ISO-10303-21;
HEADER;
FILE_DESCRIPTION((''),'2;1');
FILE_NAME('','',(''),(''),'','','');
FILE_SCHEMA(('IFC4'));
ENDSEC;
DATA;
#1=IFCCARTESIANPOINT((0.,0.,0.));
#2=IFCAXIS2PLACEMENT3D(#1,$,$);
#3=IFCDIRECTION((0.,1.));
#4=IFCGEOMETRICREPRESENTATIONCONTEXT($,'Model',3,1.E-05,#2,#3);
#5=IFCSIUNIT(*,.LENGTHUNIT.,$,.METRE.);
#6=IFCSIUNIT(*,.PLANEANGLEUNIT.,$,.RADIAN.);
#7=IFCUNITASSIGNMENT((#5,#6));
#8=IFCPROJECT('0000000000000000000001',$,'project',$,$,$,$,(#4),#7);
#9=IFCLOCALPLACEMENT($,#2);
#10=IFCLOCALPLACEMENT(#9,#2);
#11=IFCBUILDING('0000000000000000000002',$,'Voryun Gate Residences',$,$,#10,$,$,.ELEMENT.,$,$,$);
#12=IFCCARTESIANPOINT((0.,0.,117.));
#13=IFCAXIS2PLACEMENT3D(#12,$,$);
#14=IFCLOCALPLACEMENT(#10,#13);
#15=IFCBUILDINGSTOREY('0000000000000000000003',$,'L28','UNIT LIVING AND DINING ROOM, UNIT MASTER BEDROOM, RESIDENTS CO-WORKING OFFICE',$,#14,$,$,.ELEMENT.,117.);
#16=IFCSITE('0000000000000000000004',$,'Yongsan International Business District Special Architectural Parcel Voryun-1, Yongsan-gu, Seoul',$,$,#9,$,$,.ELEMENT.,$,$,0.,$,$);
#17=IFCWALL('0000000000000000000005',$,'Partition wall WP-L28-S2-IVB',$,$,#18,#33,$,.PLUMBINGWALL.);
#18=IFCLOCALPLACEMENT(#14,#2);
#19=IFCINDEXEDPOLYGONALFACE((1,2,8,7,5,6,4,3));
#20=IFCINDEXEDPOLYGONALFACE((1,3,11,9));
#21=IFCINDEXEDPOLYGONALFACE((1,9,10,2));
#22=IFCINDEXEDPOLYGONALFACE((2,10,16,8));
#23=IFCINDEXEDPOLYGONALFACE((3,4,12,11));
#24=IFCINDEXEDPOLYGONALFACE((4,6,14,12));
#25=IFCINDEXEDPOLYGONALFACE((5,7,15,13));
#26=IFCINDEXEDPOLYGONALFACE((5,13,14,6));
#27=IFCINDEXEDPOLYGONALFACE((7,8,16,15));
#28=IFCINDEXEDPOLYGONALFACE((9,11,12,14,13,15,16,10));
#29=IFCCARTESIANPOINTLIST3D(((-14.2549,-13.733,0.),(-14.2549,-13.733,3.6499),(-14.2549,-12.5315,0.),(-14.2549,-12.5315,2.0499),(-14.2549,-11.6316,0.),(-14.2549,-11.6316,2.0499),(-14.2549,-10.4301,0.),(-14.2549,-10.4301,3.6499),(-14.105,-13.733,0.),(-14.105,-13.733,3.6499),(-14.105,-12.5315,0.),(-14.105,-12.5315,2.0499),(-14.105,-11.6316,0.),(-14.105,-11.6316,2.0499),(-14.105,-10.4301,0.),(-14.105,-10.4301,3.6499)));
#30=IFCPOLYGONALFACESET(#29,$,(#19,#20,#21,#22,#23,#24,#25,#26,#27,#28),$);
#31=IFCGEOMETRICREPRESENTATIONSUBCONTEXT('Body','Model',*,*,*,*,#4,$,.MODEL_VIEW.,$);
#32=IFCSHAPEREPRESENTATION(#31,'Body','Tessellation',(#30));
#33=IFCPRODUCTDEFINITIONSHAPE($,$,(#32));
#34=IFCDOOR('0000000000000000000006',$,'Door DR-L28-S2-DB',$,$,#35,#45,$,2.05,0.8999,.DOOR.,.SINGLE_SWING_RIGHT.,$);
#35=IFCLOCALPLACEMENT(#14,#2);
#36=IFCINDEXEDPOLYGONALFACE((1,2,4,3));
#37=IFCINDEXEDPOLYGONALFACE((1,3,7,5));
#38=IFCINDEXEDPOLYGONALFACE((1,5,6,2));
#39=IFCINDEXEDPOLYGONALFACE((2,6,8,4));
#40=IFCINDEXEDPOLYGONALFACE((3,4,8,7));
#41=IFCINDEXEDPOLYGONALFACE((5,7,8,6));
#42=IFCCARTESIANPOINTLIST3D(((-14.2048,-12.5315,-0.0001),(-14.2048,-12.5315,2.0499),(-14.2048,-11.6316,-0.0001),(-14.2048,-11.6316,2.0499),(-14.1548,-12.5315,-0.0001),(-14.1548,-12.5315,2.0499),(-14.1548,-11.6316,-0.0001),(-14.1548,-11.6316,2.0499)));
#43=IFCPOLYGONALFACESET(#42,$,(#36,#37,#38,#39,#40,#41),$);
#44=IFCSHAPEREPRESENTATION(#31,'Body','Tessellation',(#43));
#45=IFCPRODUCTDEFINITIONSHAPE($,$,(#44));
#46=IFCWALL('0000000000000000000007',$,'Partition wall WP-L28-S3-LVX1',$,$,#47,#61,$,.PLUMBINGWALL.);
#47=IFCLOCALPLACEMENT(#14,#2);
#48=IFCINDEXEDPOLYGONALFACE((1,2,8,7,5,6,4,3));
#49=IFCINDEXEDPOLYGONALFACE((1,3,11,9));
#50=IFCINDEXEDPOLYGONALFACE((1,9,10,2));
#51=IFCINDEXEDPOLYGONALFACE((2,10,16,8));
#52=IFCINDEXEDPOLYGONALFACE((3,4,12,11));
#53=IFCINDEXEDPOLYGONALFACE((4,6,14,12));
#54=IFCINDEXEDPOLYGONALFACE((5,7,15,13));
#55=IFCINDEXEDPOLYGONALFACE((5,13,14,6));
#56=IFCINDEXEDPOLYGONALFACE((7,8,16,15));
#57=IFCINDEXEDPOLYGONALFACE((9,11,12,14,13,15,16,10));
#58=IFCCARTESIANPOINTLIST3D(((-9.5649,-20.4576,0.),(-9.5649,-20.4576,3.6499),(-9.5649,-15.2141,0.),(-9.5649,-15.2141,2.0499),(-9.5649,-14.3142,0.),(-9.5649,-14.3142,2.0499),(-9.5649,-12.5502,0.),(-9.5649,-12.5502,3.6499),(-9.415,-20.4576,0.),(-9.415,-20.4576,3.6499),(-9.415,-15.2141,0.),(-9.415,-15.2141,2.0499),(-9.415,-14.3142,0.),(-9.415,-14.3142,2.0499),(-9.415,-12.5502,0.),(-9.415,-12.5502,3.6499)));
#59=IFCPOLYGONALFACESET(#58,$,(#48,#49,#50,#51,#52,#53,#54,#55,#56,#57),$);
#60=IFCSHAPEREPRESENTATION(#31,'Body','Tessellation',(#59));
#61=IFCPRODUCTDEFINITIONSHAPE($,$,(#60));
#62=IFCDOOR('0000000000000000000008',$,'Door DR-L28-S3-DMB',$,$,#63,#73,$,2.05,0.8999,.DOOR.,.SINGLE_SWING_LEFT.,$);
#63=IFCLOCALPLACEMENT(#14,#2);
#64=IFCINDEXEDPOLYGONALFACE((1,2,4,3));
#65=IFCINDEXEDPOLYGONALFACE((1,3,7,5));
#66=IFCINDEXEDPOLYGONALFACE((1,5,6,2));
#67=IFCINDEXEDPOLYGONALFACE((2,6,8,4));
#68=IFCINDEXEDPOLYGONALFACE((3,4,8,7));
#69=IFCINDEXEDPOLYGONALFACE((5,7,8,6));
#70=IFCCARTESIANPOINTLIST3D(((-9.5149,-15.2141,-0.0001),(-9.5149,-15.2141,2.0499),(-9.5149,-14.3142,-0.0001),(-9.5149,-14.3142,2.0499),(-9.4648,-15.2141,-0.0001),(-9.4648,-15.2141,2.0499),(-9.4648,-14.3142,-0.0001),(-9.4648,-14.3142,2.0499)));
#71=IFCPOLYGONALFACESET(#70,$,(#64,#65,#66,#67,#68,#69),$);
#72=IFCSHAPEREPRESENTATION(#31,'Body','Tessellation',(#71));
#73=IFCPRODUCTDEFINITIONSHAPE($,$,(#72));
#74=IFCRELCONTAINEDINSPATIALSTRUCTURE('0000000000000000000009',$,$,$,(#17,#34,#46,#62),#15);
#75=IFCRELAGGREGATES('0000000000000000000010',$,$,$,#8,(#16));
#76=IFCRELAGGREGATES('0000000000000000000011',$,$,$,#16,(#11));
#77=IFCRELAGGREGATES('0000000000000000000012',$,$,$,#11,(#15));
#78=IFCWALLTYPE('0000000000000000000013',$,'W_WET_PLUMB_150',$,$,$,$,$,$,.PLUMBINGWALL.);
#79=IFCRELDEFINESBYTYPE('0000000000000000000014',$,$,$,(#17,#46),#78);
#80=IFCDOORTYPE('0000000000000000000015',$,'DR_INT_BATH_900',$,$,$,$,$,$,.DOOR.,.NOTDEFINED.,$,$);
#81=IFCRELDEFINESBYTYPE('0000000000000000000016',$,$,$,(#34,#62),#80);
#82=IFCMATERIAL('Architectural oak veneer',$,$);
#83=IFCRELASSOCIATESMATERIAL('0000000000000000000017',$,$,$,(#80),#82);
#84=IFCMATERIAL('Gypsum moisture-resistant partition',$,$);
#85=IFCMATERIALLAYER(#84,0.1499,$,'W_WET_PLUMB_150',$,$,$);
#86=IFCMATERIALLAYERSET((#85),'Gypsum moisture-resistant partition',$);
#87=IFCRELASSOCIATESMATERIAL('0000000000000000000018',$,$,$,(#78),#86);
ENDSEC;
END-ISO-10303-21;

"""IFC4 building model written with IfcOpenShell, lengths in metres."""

from ifc_helpers import new_model, si_unit, direction, frame, frame_2d, origin, place, context, subcontext, project, spatial, rectangle, extrude, material, layer, layer_set, type_object, element, fill, save


model = new_model("IFC4")

# Units and contexts
model_context = context("Model", 3, precision=1e-05, world=origin(), true_north=direction((0.0, 1.0)))
body_context = subcontext(model_context, "Body", "Model", "MODEL_VIEW")
ifc_project = project(units=[si_unit("LENGTHUNIT", "METRE"), si_unit("PLANEANGLEUNIT", "RADIAN")], contexts=[model_context])

# Site, building, storey
site_placement = place(None, origin())
site = spatial("IfcSite", under=ifc_project, at=site_placement, Name="Yongsan International Business District Special Architectural Parcel Voryun-1, Yongsan-gu, Seoul", CompositionType="ELEMENT", RefElevation=0.0)
building_placement = place(site_placement, origin())
building = spatial("IfcBuilding", under=site, at=building_placement, Name="Voryun Gate Residences", CompositionType="ELEMENT")
storey_placement = place(building_placement, frame((0.0, 0.0, 117.0)))
storey = spatial("IfcBuildingStorey", under=building, at=storey_placement, Name="L28", Description="UNIT LIVING AND DINING ROOM, UNIT MASTER BEDROOM, RESIDENTS CO-WORKING OFFICE", CompositionType="ELEMENT", Elevation=117.0)

# Walls, openings, doors
ifc_material_1 = material(Name="Architectural oak veneer")
door_type = type_object("IfcDoorType", Name="DR_INT_BATH_900", OperationType="NOTDEFINED", PredefinedType="DOOR", material=ifc_material_1)
ifc_material_2 = material(Name="Gypsum moisture-resistant partition")
ifc_layer_1 = layer(ifc_material_2, 0.1499, Name="W_WET_PLUMB_150")
ifc_layer_set_1 = layer_set([ifc_layer_1], Name="Gypsum moisture-resistant partition")
wall_type_1 = type_object("IfcWallType", Name="W_WET_PLUMB_150", PredefinedType="PLUMBINGWALL", material=ifc_layer_set_1)
wall_1_placement = place(storey_placement, frame((-14.1799, -13.7329, 0.0), z_axis=(0.0, 0.0, 1.0), x_axis=(0.0, 1.0, 0.0)))
wall_1 = element("IfcWall", 1, at=wall_1_placement, inside=storey, type_object=wall_type_1, Name="Partition wall WP-L28-S2-IVB", PredefinedType="PLUMBINGWALL", context=body_context, shape_type="SweptSolid", body=[
    extrude(rectangle(XDim=3.303, YDim=0.1499, at=frame_2d((1.6514, 0.0))), origin(), (0.0, 0.0, 1.0), 3.6499),
])
opening_1_placement = place(wall_1_placement, frame((1.2014, 0.0, 0.0)))
opening_1 = element("IfcOpeningElement", 2, at=opening_1_placement, cuts=wall_1, PredefinedType="OPENING", context=body_context, shape_type="SweptSolid", body=[
    extrude(rectangle(XDim=0.8999, YDim=2.05, at=frame_2d((0.45, 1.0249))), frame((0.0, 0.085, 0.0), z_axis=(0.0, -1.0, 0.0), x_axis=(1.0, 0.0, 0.0)), (0.0, 0.0, 1.0), 0.1699),
])
door_1_placement = place(opening_1_placement, origin())
door_1 = element("IfcDoor", 3, at=door_1_placement, inside=storey, type_object=door_type, Name="Door DR-L28-S2-DB", OperationType="SINGLE_SWING_RIGHT", OverallHeight=2.05, OverallWidth=0.8999, PredefinedType="DOOR", context=body_context, shape_type="SweptSolid", body=[
    extrude(rectangle(XDim=0.8999, YDim=2.05, at=frame_2d((0.45, 1.0249))), frame((0.0, 0.0249, 0.0), z_axis=(0.0, -1.0, 0.0), x_axis=(1.0, 0.0, 0.0)), (0.0, 0.0, 1.0), 0.05),
])
fill(opening_1, door_1)
wall_2_placement = place(storey_placement, frame((-9.49, -20.4575, 0.0), z_axis=(0.0, 0.0, 1.0), x_axis=(0.0, 1.0, 0.0)))
wall_2 = element("IfcWall", 4, at=wall_2_placement, inside=storey, type_object=wall_type_1, Name="Partition wall WP-L28-S3-LVX1", PredefinedType="PLUMBINGWALL", context=body_context, shape_type="SweptSolid", body=[
    extrude(rectangle(XDim=7.9075, YDim=0.1499, at=frame_2d((3.9536, 0.0))), origin(), (0.0, 0.0, 1.0), 3.6499),
])
opening_2_placement = place(wall_2_placement, frame((5.2434, 0.0, 0.0)))
opening_2 = element("IfcOpeningElement", 5, at=opening_2_placement, cuts=wall_2, PredefinedType="OPENING", context=body_context, shape_type="SweptSolid", body=[
    extrude(rectangle(XDim=0.8999, YDim=2.05, at=frame_2d((0.45, 1.0249))), frame((0.0, 0.085, 0.0), z_axis=(0.0, -1.0, 0.0), x_axis=(1.0, 0.0, 0.0)), (0.0, 0.0, 1.0), 0.1699),
])
door_2_placement = place(opening_2_placement, origin())
door_2 = element("IfcDoor", 6, at=door_2_placement, inside=storey, type_object=door_type, Name="Door DR-L28-S3-DMB", OperationType="SINGLE_SWING_LEFT", OverallHeight=2.05, OverallWidth=0.8999, PredefinedType="DOOR", context=body_context, shape_type="SweptSolid", body=[
    extrude(rectangle(XDim=0.8999, YDim=2.05, at=frame_2d((0.45, 1.0249))), frame((0.0, 0.0249, 0.0), z_axis=(0.0, -1.0, 0.0), x_axis=(1.0, 0.0, 0.0)), (0.0, 0.0, 1.0), 0.05),
])
fill(opening_2, door_2)

save(model, "model.ifc")
